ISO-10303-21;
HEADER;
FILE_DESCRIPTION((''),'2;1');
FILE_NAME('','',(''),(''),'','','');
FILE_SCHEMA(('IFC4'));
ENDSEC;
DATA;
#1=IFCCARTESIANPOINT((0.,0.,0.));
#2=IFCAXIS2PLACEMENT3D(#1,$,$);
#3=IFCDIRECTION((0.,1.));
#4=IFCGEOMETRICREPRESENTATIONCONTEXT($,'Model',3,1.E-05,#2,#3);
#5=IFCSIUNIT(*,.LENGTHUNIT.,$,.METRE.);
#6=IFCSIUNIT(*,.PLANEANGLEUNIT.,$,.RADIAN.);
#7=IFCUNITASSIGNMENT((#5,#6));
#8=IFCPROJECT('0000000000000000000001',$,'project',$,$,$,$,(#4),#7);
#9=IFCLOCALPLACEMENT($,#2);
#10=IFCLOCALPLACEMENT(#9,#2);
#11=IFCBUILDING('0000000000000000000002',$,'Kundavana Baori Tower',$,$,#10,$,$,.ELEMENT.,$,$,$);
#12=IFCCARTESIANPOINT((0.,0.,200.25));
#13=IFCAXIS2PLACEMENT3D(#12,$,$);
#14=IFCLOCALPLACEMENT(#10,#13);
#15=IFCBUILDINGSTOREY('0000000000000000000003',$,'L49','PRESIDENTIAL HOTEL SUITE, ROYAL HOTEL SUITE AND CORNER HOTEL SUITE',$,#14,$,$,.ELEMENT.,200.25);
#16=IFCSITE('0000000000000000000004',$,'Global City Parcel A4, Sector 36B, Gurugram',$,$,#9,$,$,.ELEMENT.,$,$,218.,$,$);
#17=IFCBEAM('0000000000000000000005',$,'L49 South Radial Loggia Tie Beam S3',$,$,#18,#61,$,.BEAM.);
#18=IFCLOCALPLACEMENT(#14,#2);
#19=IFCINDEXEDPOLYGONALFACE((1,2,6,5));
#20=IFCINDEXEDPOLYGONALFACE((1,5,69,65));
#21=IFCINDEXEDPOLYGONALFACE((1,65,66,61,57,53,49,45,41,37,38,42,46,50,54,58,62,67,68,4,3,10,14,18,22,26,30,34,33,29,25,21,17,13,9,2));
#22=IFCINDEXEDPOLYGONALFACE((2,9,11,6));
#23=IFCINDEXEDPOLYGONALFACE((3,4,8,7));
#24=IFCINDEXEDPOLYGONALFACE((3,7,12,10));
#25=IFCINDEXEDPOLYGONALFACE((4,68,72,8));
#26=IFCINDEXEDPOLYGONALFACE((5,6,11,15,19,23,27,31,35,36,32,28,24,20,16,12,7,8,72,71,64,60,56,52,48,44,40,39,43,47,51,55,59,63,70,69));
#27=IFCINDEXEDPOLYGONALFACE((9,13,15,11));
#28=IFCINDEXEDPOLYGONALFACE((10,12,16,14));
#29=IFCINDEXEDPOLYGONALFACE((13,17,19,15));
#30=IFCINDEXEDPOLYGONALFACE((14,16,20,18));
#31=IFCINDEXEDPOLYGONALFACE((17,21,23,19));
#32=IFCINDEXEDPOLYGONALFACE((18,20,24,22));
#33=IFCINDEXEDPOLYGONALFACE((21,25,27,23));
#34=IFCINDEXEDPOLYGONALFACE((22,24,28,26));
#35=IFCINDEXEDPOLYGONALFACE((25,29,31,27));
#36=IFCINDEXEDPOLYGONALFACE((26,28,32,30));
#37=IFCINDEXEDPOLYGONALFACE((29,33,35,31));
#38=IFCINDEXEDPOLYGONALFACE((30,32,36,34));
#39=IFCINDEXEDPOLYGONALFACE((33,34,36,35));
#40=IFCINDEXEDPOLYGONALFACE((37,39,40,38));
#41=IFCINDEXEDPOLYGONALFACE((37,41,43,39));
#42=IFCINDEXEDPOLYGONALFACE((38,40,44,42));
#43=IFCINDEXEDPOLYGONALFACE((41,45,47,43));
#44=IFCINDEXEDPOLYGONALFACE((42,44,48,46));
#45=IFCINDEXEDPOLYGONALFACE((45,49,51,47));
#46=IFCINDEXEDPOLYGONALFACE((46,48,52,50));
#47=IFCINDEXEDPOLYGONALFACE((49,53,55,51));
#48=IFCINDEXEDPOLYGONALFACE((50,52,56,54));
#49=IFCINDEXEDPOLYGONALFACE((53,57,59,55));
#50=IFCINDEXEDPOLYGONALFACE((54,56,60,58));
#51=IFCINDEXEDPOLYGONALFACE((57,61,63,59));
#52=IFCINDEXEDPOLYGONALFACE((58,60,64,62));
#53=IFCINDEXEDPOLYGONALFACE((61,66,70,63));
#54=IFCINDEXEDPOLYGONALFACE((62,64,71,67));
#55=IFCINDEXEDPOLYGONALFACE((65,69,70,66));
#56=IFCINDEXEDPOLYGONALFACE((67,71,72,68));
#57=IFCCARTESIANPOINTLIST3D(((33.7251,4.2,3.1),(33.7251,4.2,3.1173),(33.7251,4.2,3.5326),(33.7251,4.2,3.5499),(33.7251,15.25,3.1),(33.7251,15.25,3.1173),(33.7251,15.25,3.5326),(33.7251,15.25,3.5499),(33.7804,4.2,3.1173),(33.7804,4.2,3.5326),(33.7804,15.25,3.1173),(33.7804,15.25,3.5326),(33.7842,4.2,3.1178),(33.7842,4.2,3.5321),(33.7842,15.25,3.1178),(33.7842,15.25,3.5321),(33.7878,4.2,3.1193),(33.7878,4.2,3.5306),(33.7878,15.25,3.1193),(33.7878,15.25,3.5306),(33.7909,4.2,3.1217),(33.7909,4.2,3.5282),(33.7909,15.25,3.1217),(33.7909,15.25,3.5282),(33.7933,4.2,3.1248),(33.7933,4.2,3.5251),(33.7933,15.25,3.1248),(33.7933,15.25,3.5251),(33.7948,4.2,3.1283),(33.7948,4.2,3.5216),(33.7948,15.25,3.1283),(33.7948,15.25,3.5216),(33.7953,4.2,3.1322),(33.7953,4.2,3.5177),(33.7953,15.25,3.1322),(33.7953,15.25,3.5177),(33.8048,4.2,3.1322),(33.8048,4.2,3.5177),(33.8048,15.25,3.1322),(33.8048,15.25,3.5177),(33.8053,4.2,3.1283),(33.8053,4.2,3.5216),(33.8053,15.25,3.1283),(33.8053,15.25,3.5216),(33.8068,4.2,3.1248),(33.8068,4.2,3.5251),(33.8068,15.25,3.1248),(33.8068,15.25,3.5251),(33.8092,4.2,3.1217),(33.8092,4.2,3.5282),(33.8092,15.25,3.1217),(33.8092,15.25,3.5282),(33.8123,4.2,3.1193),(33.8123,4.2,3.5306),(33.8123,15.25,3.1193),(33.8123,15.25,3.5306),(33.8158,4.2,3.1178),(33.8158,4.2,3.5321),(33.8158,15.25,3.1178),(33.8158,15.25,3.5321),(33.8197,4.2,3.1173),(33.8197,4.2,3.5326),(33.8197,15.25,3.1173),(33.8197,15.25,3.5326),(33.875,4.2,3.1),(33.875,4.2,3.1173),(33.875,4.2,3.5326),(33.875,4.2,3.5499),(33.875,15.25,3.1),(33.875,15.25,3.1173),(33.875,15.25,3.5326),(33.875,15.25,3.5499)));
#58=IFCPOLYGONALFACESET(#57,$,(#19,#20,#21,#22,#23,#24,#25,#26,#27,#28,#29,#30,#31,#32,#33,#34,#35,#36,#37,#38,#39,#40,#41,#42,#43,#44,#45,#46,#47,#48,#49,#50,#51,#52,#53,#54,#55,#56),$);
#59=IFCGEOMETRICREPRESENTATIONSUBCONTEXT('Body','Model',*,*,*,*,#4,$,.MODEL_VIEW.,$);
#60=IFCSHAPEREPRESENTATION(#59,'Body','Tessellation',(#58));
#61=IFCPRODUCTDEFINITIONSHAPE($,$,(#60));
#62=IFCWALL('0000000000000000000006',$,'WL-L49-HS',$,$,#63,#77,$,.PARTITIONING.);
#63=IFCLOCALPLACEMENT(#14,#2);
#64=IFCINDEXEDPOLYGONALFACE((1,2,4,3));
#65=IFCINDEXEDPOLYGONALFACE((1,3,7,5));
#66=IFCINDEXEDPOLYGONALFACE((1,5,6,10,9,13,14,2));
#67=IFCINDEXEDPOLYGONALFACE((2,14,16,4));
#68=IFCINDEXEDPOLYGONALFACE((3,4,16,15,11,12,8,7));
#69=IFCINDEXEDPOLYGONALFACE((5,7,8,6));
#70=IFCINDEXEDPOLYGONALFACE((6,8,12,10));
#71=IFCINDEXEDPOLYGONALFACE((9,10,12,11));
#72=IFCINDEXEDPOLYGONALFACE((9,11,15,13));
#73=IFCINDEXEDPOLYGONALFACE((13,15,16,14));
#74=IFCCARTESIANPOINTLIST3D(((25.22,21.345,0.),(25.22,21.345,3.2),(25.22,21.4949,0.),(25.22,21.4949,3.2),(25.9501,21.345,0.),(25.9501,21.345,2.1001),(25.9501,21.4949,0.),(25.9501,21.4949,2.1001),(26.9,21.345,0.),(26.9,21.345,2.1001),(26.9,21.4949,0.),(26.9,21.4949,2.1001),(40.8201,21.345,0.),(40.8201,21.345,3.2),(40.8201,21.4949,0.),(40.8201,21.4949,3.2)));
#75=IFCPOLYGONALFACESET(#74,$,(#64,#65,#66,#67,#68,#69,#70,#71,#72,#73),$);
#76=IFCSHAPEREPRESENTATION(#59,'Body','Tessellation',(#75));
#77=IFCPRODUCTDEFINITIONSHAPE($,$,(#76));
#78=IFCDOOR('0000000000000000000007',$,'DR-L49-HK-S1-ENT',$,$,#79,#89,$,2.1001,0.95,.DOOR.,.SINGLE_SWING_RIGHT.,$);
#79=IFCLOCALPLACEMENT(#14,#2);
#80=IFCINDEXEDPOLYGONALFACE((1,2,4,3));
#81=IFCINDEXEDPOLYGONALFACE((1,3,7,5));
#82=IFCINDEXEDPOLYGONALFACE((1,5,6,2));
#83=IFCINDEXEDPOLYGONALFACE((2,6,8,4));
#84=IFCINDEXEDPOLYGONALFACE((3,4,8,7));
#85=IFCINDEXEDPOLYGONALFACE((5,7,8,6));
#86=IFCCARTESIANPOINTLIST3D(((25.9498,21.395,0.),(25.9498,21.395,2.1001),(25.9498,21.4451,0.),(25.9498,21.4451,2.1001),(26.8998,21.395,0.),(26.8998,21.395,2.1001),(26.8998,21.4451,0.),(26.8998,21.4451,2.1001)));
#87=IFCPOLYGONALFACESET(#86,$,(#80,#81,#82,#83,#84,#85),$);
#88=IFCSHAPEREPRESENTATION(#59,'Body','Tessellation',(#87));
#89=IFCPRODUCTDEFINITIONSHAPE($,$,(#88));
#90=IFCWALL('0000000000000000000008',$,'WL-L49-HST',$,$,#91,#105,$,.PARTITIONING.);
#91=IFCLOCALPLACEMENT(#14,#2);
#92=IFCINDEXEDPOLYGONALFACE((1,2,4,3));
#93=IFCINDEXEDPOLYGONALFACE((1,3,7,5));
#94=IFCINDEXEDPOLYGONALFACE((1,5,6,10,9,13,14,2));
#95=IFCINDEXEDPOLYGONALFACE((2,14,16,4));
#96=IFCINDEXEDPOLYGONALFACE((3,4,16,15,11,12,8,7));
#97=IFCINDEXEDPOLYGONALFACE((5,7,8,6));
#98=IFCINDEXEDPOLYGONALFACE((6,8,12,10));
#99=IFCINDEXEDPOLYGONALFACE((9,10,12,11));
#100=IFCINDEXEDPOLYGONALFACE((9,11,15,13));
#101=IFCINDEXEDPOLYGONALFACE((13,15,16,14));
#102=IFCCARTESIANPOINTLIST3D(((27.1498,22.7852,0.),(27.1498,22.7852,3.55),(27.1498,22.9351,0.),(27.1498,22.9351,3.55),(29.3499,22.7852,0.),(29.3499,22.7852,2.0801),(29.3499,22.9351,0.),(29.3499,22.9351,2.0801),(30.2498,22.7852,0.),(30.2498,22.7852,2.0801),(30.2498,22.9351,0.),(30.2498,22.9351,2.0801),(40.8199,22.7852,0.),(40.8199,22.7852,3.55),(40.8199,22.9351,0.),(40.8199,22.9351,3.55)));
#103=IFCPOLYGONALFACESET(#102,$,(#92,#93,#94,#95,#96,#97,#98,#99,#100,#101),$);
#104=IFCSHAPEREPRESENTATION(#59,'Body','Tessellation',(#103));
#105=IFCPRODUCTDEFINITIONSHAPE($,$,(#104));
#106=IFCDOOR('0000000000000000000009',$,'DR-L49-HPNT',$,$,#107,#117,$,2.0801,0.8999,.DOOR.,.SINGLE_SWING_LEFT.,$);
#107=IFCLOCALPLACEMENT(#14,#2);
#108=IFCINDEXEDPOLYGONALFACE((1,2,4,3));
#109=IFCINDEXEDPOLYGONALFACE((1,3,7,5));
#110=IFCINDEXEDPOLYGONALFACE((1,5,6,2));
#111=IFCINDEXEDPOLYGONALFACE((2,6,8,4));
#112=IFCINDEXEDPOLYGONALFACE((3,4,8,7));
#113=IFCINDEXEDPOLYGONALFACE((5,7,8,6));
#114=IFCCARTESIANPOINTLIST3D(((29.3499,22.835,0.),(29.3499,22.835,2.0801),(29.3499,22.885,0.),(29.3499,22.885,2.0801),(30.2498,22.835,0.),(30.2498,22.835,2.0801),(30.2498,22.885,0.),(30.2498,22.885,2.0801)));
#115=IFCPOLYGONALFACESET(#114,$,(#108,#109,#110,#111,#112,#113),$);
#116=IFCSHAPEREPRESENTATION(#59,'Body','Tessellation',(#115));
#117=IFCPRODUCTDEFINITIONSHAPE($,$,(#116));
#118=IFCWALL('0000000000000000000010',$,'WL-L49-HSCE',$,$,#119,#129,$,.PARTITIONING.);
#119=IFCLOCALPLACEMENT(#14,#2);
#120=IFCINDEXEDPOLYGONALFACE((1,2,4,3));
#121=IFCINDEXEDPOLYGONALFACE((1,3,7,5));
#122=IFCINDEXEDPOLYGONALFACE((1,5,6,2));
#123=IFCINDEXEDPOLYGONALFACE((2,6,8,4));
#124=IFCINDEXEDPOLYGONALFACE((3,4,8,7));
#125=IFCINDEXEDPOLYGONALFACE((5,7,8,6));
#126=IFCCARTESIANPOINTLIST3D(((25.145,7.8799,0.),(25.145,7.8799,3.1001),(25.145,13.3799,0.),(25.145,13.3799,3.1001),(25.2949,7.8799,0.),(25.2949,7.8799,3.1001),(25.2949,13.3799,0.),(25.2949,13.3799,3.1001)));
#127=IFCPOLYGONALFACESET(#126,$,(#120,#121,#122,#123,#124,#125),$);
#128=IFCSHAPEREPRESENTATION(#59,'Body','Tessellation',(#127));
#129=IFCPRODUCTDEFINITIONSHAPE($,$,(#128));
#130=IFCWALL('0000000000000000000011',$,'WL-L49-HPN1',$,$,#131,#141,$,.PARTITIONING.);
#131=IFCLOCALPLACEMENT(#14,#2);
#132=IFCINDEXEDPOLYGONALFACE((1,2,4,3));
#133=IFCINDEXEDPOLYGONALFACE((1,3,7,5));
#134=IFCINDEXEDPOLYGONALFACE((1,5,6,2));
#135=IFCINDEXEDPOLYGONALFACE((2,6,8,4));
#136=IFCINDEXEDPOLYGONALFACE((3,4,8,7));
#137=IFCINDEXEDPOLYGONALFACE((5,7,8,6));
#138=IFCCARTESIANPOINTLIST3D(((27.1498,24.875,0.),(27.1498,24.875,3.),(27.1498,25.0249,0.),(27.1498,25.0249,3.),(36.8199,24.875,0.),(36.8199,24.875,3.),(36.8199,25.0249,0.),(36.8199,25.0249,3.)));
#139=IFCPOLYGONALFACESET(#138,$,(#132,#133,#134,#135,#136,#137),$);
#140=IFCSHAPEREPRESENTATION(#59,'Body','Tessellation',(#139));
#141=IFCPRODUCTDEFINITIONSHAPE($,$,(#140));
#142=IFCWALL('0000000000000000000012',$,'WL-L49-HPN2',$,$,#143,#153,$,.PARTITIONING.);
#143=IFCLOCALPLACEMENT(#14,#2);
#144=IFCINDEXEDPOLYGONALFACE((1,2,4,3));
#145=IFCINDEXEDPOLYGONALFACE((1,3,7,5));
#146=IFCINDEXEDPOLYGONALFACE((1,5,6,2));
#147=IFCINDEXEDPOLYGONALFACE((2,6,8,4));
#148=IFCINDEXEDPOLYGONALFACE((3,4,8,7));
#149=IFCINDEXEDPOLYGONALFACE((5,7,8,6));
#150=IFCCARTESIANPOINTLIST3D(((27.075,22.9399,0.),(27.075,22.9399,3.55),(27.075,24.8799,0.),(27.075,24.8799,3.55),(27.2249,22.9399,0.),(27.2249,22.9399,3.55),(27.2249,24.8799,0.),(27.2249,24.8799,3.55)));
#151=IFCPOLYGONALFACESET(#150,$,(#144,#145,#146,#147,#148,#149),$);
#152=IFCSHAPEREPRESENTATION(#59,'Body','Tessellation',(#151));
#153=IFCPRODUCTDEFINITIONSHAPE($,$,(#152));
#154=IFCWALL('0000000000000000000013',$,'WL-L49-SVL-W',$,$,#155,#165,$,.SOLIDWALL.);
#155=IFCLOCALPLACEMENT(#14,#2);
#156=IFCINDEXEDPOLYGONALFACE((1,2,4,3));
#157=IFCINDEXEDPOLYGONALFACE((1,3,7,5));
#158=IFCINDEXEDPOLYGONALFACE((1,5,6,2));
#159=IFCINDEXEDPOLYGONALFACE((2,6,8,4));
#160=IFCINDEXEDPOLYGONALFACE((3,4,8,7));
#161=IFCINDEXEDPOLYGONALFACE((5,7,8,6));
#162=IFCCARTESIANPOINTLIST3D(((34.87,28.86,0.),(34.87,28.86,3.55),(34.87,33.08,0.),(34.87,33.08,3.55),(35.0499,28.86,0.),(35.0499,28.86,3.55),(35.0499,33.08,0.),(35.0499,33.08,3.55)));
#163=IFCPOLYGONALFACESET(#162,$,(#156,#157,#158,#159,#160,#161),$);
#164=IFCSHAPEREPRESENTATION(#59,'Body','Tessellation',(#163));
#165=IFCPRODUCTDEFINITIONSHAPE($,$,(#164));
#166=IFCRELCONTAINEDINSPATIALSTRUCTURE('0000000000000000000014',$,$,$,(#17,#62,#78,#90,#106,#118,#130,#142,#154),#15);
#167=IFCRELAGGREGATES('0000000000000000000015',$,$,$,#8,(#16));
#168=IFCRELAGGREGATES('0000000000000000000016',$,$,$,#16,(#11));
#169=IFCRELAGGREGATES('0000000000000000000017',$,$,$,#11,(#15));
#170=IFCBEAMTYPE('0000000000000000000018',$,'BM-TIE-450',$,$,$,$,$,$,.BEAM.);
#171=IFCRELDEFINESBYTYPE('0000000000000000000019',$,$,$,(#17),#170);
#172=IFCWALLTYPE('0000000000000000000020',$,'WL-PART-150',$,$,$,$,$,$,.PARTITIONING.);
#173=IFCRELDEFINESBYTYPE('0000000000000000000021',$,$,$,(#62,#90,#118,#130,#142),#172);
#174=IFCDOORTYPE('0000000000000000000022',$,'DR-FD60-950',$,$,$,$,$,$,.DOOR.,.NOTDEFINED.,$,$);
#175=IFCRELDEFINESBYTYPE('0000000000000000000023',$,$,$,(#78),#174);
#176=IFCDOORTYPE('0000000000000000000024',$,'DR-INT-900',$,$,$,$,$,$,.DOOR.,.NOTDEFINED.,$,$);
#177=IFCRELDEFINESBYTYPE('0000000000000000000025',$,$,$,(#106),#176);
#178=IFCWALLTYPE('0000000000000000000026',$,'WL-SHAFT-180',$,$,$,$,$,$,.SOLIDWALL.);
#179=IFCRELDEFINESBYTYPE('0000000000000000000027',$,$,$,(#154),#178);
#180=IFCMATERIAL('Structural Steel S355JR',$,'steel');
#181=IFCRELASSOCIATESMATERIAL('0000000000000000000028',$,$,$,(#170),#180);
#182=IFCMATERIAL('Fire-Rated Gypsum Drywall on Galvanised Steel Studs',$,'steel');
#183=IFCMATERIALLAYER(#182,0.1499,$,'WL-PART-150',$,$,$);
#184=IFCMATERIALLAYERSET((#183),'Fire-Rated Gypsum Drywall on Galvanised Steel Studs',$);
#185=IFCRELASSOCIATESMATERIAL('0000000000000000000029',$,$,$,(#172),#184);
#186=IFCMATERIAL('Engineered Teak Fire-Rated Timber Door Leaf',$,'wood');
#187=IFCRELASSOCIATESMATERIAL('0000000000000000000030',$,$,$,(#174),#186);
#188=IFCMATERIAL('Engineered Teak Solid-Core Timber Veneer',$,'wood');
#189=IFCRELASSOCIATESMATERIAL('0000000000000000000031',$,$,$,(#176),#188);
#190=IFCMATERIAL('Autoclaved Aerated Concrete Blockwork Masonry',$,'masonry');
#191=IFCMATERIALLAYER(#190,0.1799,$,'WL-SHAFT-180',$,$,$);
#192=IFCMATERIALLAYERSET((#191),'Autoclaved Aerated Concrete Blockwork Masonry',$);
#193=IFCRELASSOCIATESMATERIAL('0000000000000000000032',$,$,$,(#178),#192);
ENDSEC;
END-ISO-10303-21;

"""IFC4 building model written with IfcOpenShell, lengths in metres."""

from ifc_helpers import new_model, si_unit, direction, frame, frame_2d, origin, origin_2d, place, context, subcontext, project, spatial, rectangle, i_section, extrude, material, layer, layer_set, material_profile, profile_set, type_object, element, fill, save


model = new_model("IFC4")

# Units and contexts
model_context = context("Model", 3, precision=1e-05, world=origin(), true_north=direction((0.0, 1.0)))
body_context = subcontext(model_context, "Body", "Model", "MODEL_VIEW")
ifc_project = project(units=[si_unit("LENGTHUNIT", "METRE"), si_unit("PLANEANGLEUNIT", "RADIAN")], contexts=[model_context])

# Site, building, storey
site_placement = place(None, origin())
site = spatial("IfcSite", under=ifc_project, at=site_placement, Name="Global City Parcel A4, Sector 36B, Gurugram", CompositionType="ELEMENT", RefElevation=218.0)
building_placement = place(site_placement, origin())
building = spatial("IfcBuilding", under=site, at=building_placement, Name="Kundavana Baori Tower", CompositionType="ELEMENT")
storey_placement = place(building_placement, frame((0.0, 0.0, 200.25)))
storey = spatial("IfcBuildingStorey", under=building, at=storey_placement, Name="L49", Description="PRESIDENTIAL HOTEL SUITE, ROYAL HOTEL SUITE AND CORNER HOTEL SUITE", CompositionType="ELEMENT", Elevation=200.25)

# Beam
ifc_material_1 = material(Name="Structural Steel S355JR", Category="steel")
ifc_material_profile_1 = material_profile(ifc_material_1, i_section(OverallWidth=0.1499, OverallDepth=0.45, WebThickness=0.0095, FlangeThickness=0.0173, FilletRadius=0.0149, at=origin_2d()), Name="ISMB 450")
ifc_profile_set_1 = profile_set([ifc_material_profile_1], Name="Structural Steel S355JR")
beam_type_1 = type_object("IfcBeamType", Name="BM-TIE-450", PredefinedType="BEAM", material=ifc_profile_set_1)
for number, where, z_axis, x_axis, name in (
    (1, (33.8, 15.25, 3.325), (0.0, -1.0, 0.0), (1.0, 0.0, 0.0), "L49 South Radial Loggia Tie Beam S3"),
):
    element("IfcBeam", number, at=place(storey_placement, frame(where, z_axis=z_axis, x_axis=x_axis)), inside=storey, type_object=beam_type_1, Name=name, PredefinedType="BEAM", context=body_context, shape_type="SweptSolid", body=[
        extrude(i_section(OverallWidth=0.1499, OverallDepth=0.45, WebThickness=0.0095, FlangeThickness=0.0173, FilletRadius=0.0149, at=origin_2d()), origin(), (0.0, 0.0, 1.0), 11.05),
    ])

# Walls, openings, doors
ifc_material_2 = material(Name="Fire-Rated Gypsum Drywall on Galvanised Steel Studs", Category="steel")
ifc_layer_1 = layer(ifc_material_2, 0.1499, Name="WL-PART-150")
ifc_layer_set_1 = layer_set([ifc_layer_1], Name="Fire-Rated Gypsum Drywall on Galvanised Steel Studs")
wall_type_1 = type_object("IfcWallType", Name="WL-PART-150", PredefinedType="PARTITIONING", material=ifc_layer_set_1)
wall_1_placement = place(storey_placement, frame((25.22, 21.4199, 0.0), z_axis=(0.0, 0.0, 1.0), x_axis=(1.0, 0.0, 0.0)))
wall_1 = element("IfcWall", 2, at=wall_1_placement, inside=storey, type_object=wall_type_1, Name="WL-L49-HS", PredefinedType="PARTITIONING", context=body_context, shape_type="SweptSolid", body=[
    extrude(rectangle(XDim=15.6001, YDim=0.1499, at=frame_2d((7.8, 0.0))), origin(), (0.0, 0.0, 1.0), 3.2),
])
opening_1_placement = place(wall_1_placement, frame((0.73, 0.0, 0.0)))
opening_1 = element("IfcOpeningElement", 3, at=opening_1_placement, cuts=wall_1, PredefinedType="OPENING", context=body_context, shape_type="SweptSolid", body=[
    extrude(rectangle(XDim=0.95, YDim=2.1001, at=frame_2d((0.4751, 1.05))), frame((0.0, 0.085, 0.0), z_axis=(0.0, -1.0, 0.0), x_axis=(1.0, 0.0, 0.0)), (0.0, 0.0, 1.0), 0.1699),
])
ifc_material_3 = material(Name="Engineered Teak Fire-Rated Timber Door Leaf", Category="wood")
door_type_1 = type_object("IfcDoorType", Name="DR-FD60-950", OperationType="NOTDEFINED", PredefinedType="DOOR", material=ifc_material_3)
door_1_placement = place(opening_1_placement, frame((0.95, 0.0, 0.0), z_axis=(0.0, 0.0, 1.0), x_axis=(-1.0, 0.0, 0.0)))
door_1 = element("IfcDoor", 4, at=door_1_placement, inside=storey, type_object=door_type_1, Name="DR-L49-HK-S1-ENT", OperationType="SINGLE_SWING_RIGHT", OverallHeight=2.1001, OverallWidth=0.95, PredefinedType="DOOR", context=body_context, shape_type="SweptSolid", body=[
    extrude(rectangle(XDim=0.95, YDim=2.1001, at=frame_2d((0.4751, 1.05))), frame((0.0, 0.0249, 0.0), z_axis=(0.0, -1.0, 0.0), x_axis=(1.0, 0.0, 0.0)), (0.0, 0.0, 1.0), 0.05),
])
fill(opening_1, door_1)
wall_2_placement = place(storey_placement, frame((27.1499, 22.8601, 0.0), z_axis=(0.0, 0.0, 1.0), x_axis=(1.0, 0.0, 0.0)))
wall_2 = element("IfcWall", 5, at=wall_2_placement, inside=storey, type_object=wall_type_1, Name="WL-L49-HST", PredefinedType="PARTITIONING", context=body_context, shape_type="SweptSolid", body=[
    extrude(rectangle(XDim=13.6702, YDim=0.1499, at=frame_2d((6.835, 0.0))), origin(), (0.0, 0.0, 1.0), 3.55),
])
opening_2_placement = place(wall_2_placement, frame((2.2, 0.0, 0.0)))
opening_2 = element("IfcOpeningElement", 6, at=opening_2_placement, cuts=wall_2, PredefinedType="OPENING", context=body_context, shape_type="SweptSolid", body=[
    extrude(rectangle(XDim=0.8999, YDim=2.0801, at=frame_2d((0.45, 1.04))), frame((0.0, 0.085, 0.0), z_axis=(0.0, -1.0, 0.0), x_axis=(1.0, 0.0, 0.0)), (0.0, 0.0, 1.0), 0.1699),
])
ifc_material_4 = material(Name="Engineered Teak Solid-Core Timber Veneer", Category="wood")
door_type_2 = type_object("IfcDoorType", Name="DR-INT-900", OperationType="NOTDEFINED", PredefinedType="DOOR", material=ifc_material_4)
door_2_placement = place(opening_2_placement, origin())
door_2 = element("IfcDoor", 7, at=door_2_placement, inside=storey, type_object=door_type_2, Name="DR-L49-HPNT", OperationType="SINGLE_SWING_LEFT", OverallHeight=2.0801, OverallWidth=0.8999, PredefinedType="DOOR", context=body_context, shape_type="SweptSolid", body=[
    extrude(rectangle(XDim=0.8999, YDim=2.0801, at=frame_2d((0.45, 1.04))), frame((0.0, 0.0249, 0.0), z_axis=(0.0, -1.0, 0.0), x_axis=(1.0, 0.0, 0.0)), (0.0, 0.0, 1.0), 0.05),
])
fill(opening_2, door_2)

# Walls
wall_3_placement = place(storey_placement, frame((25.22, 7.8799, 0.0), z_axis=(0.0, 0.0, 1.0), x_axis=(0.0, 1.0, 0.0)))
element("IfcWall", 8, at=wall_3_placement, inside=storey, type_object=wall_type_1, Name="WL-L49-HSCE", PredefinedType="PARTITIONING", context=body_context, shape_type="SweptSolid", body=[
    extrude(rectangle(XDim=5.5, YDim=0.1499, at=frame_2d((2.75, 0.0))), origin(), (0.0, 0.0, 1.0), 3.1001),
])
wall_4_placement = place(storey_placement, frame((27.1499, 24.95, 0.0), z_axis=(0.0, 0.0, 1.0), x_axis=(1.0, 0.0, 0.0)))
element("IfcWall", 9, at=wall_4_placement, inside=storey, type_object=wall_type_1, Name="WL-L49-HPN1", PredefinedType="PARTITIONING", context=body_context, shape_type="SweptSolid", body=[
    extrude(rectangle(XDim=9.6702, YDim=0.1499, at=frame_2d((4.835, 0.0))), origin(), (0.0, 0.0, 1.0), 3.0),
])
wall_5_placement = place(storey_placement, frame((27.1499, 22.9399, 0.0), z_axis=(0.0, 0.0, 1.0), x_axis=(0.0, 1.0, 0.0)))
element("IfcWall", 10, at=wall_5_placement, inside=storey, type_object=wall_type_1, Name="WL-L49-HPN2", PredefinedType="PARTITIONING", context=body_context, shape_type="SweptSolid", body=[
    extrude(rectangle(XDim=1.9399, YDim=0.1499, at=frame_2d((0.97, 0.0))), origin(), (0.0, 0.0, 1.0), 3.55),
])
ifc_material_5 = material(Name="Autoclaved Aerated Concrete Blockwork Masonry", Category="masonry")
ifc_layer_2 = layer(ifc_material_5, 0.1799, Name="WL-SHAFT-180")
ifc_layer_set_2 = layer_set([ifc_layer_2], Name="Autoclaved Aerated Concrete Blockwork Masonry")
wall_type_2 = type_object("IfcWallType", Name="WL-SHAFT-180", PredefinedType="SOLIDWALL", material=ifc_layer_set_2)
wall_6_placement = place(storey_placement, frame((34.96, 28.8601, 0.0), z_axis=(0.0, 0.0, 1.0), x_axis=(0.0, 1.0, 0.0)))
element("IfcWall", 11, at=wall_6_placement, inside=storey, type_object=wall_type_2, Name="WL-L49-SVL-W", PredefinedType="SOLIDWALL", context=body_context, shape_type="SweptSolid", body=[
    extrude(rectangle(XDim=4.22, YDim=0.1799, at=frame_2d((2.1099, 0.0))), origin(), (0.0, 0.0, 1.0), 3.55),
])

save(model, "model.ifc")
